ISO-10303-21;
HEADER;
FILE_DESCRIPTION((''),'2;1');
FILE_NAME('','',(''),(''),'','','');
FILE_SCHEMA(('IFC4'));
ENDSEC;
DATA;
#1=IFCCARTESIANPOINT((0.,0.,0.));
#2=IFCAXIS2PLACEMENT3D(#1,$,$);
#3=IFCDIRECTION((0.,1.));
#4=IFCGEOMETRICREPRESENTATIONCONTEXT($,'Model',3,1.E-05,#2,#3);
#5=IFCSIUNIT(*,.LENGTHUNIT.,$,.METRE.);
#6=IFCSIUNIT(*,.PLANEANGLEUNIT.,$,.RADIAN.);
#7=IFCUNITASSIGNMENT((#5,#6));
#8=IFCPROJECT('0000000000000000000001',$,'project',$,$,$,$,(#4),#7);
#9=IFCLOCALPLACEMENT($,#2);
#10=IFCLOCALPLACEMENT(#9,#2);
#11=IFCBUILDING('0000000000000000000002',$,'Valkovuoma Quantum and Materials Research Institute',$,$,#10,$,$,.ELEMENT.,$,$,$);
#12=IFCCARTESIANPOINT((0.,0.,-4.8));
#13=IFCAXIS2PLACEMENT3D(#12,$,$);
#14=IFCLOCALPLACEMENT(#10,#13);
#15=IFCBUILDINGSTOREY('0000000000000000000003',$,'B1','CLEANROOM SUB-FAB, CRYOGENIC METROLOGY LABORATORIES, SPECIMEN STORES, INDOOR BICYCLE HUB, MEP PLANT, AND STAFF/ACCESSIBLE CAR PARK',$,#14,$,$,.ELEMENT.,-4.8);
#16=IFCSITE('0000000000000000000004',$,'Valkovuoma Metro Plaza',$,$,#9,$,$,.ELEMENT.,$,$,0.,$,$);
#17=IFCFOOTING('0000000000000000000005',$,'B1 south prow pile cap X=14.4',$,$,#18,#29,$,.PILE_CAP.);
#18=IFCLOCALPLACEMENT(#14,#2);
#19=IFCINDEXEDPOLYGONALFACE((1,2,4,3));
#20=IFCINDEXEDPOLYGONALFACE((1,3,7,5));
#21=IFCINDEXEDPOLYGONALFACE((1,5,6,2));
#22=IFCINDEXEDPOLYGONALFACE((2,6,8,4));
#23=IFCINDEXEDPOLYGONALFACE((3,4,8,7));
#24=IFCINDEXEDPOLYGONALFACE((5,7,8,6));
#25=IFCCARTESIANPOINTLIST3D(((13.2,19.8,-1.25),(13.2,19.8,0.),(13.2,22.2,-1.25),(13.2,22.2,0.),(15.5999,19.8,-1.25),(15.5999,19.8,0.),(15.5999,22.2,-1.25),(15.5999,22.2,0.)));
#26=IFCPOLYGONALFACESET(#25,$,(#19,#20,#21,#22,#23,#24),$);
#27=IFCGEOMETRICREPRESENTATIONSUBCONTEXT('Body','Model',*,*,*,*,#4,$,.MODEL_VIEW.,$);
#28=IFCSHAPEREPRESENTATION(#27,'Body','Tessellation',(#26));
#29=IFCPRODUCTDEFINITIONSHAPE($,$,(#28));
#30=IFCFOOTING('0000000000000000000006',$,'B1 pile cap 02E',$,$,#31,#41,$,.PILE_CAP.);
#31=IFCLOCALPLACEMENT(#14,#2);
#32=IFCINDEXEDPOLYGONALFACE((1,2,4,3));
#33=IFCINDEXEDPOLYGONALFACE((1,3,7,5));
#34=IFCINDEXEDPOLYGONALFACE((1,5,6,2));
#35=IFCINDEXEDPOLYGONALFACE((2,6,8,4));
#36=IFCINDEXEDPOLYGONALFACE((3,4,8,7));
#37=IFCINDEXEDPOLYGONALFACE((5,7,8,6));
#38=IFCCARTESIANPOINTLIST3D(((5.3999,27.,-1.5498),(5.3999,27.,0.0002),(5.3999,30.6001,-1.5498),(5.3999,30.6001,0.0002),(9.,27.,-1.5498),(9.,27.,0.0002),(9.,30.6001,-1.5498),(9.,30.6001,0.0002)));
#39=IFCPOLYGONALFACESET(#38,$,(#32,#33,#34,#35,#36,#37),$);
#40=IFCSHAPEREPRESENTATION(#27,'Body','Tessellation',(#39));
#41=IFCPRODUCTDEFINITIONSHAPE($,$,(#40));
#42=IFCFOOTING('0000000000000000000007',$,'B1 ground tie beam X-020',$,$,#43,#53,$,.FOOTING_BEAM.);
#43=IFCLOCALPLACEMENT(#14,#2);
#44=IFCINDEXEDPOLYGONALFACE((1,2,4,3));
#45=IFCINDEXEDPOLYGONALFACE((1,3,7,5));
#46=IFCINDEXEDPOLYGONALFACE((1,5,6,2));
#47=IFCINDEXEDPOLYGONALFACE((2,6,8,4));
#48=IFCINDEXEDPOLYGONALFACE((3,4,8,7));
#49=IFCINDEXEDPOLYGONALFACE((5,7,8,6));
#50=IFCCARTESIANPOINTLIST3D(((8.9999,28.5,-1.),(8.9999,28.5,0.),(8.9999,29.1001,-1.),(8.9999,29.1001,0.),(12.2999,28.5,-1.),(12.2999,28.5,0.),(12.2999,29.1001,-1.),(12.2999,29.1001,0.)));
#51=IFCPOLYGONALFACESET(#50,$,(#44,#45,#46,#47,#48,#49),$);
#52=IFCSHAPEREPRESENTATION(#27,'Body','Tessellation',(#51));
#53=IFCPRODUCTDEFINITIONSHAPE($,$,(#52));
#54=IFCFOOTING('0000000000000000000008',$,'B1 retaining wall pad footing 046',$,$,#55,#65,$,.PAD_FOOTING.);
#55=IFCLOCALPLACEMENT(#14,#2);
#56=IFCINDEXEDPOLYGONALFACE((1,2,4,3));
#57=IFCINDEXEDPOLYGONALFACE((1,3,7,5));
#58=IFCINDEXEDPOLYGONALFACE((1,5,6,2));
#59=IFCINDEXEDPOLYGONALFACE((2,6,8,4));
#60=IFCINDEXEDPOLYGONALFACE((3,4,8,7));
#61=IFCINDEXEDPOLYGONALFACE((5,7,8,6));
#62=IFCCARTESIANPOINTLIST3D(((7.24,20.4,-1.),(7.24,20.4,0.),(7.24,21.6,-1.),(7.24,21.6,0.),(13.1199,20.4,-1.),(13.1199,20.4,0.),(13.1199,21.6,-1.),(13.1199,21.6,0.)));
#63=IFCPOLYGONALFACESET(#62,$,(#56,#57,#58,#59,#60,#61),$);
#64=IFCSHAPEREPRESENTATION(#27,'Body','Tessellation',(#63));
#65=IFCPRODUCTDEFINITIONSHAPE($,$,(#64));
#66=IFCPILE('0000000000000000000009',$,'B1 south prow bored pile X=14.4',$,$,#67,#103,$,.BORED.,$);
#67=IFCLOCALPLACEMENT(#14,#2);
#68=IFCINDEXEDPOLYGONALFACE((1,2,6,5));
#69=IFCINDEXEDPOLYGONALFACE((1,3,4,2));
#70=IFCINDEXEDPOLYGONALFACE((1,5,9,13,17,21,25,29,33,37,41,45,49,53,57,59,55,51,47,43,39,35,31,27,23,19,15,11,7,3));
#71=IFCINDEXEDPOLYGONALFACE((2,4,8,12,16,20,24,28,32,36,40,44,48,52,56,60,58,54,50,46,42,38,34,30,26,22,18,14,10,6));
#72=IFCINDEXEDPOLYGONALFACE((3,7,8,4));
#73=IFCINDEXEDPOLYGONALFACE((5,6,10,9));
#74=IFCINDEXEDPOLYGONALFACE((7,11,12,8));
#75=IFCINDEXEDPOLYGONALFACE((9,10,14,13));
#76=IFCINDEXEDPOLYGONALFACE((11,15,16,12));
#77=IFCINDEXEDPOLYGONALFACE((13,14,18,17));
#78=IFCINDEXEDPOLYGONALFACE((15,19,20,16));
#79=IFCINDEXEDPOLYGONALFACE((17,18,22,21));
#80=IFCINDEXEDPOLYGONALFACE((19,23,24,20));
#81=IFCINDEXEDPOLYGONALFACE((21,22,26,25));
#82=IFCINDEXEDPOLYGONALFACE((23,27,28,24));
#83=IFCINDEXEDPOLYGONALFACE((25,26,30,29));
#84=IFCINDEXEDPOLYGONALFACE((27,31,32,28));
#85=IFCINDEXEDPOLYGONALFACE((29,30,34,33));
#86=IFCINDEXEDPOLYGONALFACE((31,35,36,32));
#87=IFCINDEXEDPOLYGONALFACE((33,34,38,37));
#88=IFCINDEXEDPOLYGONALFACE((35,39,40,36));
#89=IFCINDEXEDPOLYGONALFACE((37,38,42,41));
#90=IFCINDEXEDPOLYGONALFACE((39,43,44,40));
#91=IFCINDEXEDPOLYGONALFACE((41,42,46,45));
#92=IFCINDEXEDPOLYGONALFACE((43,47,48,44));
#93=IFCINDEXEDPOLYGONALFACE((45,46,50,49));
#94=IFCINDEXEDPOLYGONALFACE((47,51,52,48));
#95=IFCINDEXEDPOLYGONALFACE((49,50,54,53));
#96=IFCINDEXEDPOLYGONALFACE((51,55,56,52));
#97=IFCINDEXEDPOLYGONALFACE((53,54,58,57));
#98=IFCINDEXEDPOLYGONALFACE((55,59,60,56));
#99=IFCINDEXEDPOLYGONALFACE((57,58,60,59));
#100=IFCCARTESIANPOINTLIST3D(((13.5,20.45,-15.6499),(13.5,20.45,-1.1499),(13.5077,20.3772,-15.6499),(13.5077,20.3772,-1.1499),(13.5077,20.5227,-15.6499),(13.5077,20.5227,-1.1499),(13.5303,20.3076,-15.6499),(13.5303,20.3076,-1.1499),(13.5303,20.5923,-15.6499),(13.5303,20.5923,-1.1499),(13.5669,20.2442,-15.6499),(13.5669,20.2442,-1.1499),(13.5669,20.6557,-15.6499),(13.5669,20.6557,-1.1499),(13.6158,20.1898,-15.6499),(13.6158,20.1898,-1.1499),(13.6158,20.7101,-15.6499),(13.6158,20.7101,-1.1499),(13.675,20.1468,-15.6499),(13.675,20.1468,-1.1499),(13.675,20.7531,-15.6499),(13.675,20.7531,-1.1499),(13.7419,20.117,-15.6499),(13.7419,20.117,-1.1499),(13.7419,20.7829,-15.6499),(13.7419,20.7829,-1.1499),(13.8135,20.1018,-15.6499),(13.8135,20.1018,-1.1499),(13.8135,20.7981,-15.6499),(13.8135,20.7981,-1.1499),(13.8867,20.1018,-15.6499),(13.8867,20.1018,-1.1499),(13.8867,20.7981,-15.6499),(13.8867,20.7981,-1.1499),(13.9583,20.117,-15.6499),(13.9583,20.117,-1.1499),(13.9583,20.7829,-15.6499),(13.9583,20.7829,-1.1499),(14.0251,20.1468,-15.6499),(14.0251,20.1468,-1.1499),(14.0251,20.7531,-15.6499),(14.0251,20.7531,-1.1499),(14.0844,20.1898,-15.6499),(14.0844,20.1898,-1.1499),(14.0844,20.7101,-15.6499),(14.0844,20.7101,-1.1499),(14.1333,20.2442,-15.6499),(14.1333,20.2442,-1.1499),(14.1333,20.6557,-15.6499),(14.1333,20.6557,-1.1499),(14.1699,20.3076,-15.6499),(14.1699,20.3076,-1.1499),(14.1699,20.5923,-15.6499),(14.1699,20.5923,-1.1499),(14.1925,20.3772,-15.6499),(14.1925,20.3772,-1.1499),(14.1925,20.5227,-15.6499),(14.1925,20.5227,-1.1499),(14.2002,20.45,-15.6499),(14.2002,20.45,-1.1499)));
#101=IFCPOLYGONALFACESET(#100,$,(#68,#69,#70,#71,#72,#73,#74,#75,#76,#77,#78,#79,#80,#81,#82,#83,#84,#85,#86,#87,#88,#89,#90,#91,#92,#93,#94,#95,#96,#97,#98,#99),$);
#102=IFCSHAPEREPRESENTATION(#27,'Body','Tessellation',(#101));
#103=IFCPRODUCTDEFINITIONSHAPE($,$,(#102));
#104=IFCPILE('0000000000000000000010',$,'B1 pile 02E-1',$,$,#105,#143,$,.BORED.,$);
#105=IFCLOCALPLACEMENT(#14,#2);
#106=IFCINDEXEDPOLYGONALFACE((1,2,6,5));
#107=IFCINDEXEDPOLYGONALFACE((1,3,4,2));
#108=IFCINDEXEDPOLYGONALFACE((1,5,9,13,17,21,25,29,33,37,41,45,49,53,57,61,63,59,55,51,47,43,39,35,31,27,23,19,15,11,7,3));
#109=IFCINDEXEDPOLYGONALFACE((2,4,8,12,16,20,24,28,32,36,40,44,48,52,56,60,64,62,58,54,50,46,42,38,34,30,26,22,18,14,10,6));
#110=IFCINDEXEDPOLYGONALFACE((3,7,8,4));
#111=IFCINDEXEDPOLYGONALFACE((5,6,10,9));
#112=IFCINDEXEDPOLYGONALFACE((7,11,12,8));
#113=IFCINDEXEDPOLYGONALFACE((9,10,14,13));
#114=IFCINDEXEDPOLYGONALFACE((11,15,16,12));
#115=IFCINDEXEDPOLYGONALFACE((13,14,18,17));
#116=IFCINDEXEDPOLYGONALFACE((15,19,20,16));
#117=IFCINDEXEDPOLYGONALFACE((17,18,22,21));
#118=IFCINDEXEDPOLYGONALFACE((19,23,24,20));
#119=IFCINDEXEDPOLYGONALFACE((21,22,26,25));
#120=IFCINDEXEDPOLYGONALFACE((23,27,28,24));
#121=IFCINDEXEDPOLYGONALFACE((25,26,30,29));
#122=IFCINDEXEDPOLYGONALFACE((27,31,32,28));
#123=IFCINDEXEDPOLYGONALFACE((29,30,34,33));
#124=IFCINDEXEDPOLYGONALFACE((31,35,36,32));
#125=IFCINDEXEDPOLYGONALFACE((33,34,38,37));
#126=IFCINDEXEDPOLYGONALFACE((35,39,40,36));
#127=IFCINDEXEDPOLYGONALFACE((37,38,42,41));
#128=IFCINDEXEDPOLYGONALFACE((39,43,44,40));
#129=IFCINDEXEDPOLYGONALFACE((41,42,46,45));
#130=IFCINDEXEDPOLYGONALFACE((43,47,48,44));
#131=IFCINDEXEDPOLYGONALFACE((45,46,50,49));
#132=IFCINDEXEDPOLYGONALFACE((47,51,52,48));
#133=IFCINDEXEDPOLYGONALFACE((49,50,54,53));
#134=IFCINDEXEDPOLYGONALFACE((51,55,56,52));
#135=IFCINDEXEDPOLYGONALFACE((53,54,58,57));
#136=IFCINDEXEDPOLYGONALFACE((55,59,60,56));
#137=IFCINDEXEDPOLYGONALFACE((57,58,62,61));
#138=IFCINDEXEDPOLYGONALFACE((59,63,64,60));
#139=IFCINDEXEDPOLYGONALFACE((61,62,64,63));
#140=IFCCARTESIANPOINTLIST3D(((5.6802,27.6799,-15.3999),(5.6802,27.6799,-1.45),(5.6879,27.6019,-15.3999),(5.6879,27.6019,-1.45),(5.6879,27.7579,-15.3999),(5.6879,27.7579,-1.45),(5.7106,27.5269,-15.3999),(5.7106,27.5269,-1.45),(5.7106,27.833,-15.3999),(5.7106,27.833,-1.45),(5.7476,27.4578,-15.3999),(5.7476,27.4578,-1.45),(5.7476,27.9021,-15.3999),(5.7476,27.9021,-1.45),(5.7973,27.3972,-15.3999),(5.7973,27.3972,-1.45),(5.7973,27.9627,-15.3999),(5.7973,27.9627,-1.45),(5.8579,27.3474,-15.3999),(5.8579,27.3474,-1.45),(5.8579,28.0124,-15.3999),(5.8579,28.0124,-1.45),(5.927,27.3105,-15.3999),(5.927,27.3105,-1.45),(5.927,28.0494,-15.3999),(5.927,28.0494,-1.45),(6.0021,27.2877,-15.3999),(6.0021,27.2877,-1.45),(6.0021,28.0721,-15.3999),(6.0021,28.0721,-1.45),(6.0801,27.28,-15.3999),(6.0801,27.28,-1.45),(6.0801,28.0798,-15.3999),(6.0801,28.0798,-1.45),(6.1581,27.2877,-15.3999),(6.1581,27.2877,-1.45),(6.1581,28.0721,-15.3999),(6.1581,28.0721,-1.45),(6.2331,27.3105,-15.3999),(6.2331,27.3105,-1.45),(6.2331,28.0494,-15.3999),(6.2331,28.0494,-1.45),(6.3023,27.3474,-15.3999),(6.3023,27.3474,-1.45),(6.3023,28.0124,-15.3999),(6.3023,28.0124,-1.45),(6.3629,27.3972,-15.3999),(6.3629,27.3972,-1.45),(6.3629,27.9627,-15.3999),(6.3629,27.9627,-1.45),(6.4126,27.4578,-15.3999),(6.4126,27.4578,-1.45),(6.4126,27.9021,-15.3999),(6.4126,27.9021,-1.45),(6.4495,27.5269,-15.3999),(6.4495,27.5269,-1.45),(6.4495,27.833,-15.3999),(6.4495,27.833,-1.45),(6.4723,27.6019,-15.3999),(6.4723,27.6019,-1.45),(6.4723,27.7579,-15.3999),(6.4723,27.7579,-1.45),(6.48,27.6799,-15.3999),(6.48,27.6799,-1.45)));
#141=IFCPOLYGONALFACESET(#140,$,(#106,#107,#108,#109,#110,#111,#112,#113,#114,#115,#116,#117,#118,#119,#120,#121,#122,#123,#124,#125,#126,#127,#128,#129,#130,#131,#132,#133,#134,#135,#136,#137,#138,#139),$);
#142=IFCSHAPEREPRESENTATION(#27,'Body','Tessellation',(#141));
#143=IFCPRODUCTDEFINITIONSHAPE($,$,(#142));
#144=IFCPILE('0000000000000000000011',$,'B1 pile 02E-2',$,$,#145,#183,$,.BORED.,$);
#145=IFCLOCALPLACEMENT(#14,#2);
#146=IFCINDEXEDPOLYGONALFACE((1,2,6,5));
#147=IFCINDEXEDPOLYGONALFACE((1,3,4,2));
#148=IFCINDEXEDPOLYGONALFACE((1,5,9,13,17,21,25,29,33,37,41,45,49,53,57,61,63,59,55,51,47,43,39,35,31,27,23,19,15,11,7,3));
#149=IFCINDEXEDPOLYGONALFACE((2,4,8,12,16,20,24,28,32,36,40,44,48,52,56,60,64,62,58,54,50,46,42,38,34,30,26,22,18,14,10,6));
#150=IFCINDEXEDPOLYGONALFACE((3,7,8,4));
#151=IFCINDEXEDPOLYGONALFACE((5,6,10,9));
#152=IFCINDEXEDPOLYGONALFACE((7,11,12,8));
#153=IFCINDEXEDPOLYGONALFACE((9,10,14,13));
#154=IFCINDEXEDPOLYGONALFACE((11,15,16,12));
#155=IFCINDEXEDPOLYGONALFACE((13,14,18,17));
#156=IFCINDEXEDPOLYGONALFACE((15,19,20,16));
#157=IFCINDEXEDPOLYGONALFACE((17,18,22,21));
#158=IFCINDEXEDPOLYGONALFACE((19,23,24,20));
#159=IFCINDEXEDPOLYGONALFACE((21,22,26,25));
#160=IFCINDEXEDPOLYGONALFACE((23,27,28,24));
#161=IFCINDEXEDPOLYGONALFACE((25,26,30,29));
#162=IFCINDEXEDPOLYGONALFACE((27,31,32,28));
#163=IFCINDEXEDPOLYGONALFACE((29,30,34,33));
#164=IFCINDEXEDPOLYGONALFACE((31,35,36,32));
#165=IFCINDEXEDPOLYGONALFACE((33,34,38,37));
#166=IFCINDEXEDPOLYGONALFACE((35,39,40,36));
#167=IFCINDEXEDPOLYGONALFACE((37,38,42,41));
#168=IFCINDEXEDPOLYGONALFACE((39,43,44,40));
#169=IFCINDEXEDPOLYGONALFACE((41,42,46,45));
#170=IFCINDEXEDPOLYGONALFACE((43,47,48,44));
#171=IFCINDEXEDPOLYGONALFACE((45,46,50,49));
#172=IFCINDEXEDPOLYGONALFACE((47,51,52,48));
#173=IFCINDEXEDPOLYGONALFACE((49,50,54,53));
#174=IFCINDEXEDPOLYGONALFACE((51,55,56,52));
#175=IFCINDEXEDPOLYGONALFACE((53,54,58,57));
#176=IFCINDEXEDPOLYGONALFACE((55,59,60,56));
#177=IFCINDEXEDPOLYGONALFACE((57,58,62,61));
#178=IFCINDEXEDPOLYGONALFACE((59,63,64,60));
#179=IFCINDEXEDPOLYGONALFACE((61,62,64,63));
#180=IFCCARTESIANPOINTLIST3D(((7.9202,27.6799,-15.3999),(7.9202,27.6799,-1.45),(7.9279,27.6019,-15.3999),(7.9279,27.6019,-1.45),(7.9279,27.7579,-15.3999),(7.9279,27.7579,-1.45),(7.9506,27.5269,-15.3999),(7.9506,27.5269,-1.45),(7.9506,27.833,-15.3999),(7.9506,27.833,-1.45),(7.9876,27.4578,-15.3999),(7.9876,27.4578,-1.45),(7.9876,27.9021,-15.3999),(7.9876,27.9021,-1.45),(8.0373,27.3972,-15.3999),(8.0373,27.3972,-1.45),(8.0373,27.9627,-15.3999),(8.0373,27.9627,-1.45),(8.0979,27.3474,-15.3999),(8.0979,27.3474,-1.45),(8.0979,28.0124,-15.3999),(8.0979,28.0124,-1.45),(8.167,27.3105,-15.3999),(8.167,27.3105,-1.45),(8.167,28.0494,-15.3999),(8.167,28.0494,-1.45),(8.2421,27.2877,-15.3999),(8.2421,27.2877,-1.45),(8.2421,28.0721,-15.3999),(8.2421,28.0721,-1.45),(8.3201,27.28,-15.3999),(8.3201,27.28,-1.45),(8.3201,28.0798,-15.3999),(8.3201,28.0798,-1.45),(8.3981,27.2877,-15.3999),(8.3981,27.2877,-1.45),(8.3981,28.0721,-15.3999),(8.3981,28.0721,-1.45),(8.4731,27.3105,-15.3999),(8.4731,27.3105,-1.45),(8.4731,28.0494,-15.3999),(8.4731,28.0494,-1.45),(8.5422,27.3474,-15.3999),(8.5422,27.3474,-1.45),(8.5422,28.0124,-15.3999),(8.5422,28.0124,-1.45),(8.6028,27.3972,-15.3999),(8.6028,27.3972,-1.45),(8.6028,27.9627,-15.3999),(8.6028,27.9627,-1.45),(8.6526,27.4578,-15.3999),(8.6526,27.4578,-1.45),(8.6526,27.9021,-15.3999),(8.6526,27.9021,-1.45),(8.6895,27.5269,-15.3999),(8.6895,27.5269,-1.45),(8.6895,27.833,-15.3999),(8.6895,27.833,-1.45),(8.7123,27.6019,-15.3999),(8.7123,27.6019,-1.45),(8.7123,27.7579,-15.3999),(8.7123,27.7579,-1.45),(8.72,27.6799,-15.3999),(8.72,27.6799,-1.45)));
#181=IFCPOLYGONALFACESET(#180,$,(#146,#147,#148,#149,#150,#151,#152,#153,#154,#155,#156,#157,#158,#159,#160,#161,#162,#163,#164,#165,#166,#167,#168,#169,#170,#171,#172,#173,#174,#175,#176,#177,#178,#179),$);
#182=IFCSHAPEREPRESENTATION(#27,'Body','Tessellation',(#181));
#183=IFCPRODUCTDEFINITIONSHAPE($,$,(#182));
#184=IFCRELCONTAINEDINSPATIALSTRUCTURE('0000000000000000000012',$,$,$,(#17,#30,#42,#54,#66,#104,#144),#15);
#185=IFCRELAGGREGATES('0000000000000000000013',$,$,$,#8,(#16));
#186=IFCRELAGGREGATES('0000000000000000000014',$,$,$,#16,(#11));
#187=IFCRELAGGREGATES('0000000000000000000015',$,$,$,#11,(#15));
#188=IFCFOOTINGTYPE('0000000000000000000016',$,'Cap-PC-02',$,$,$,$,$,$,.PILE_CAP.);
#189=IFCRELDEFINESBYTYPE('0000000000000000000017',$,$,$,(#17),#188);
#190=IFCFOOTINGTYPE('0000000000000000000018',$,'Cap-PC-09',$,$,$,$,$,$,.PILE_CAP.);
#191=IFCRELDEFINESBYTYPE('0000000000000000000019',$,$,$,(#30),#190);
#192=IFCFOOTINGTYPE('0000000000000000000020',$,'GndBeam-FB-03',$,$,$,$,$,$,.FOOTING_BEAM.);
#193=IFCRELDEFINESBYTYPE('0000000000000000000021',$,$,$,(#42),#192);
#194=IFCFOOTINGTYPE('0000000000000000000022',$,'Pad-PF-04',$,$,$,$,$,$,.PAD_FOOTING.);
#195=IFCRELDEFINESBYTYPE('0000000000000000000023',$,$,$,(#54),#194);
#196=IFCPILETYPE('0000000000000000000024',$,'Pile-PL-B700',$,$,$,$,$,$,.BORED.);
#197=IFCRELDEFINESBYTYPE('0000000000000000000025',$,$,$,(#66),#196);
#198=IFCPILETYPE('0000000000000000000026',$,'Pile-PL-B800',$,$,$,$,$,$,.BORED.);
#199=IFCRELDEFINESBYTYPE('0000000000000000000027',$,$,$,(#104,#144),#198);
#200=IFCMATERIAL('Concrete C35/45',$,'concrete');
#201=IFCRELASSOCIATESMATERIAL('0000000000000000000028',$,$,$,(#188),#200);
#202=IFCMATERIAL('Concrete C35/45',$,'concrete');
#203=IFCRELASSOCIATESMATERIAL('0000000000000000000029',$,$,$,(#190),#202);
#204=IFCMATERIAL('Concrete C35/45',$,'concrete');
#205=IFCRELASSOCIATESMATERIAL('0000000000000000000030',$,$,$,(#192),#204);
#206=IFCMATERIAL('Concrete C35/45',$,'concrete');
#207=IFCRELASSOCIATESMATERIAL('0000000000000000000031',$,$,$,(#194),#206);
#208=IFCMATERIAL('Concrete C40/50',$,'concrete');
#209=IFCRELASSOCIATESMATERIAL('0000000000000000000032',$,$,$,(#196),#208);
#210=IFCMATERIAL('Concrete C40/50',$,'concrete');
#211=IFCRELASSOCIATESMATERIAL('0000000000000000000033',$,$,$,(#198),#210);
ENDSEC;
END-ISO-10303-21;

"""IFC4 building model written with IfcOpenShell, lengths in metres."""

from ifc_helpers import new_model, si_unit, direction, frame, origin, origin_2d, place, context, subcontext, project, spatial, rectangle, circle, extrude, material, material_profile, profile_set, type_object, element, save


model = new_model("IFC4")

# Units and contexts
model_context = context("Model", 3, precision=1e-05, world=origin(), true_north=direction((0.0, 1.0)))
body_context = subcontext(model_context, "Body", "Model", "MODEL_VIEW")
ifc_project = project(units=[si_unit("LENGTHUNIT", "METRE"), si_unit("PLANEANGLEUNIT", "RADIAN")], contexts=[model_context])

# Site, building, storey
site_placement = place(None, origin())
site = spatial("IfcSite", under=ifc_project, at=site_placement, Name="Valkovuoma Metro Plaza", CompositionType="ELEMENT", RefElevation=0.0)
building_placement = place(site_placement, origin())
building = spatial("IfcBuilding", under=site, at=building_placement, Name="Valkovuoma Quantum and Materials Research Institute", CompositionType="ELEMENT")
storey_placement = place(building_placement, frame((0.0, 0.0, -4.8)))
storey = spatial("IfcBuildingStorey", under=building, at=storey_placement, Name="B1", Description="CLEANROOM SUB-FAB, CRYOGENIC METROLOGY LABORATORIES, SPECIMEN STORES, INDOOR BICYCLE HUB, MEP PLANT, AND STAFF/ACCESSIBLE CAR PARK", CompositionType="ELEMENT", Elevation=-4.8)

# Footings
ifc_material_1 = material(Name="Concrete C35/45", Category="concrete")
footing_type_1 = type_object("IfcFootingType", Name="Cap-PC-02", PredefinedType="PILE_CAP", material=ifc_material_1)
footing_1_placement = place(storey_placement, frame((14.3999, 21.0, -1.25), z_axis=(0.0, 0.0, 1.0), x_axis=(1.0, 0.0, 0.0)))
element("IfcFooting", 1, at=footing_1_placement, inside=storey, type_object=footing_type_1, Name="B1 south prow pile cap X=14.4", PredefinedType="PILE_CAP", context=body_context, shape_type="SweptSolid", body=[
    extrude(rectangle(XDim=2.3999, YDim=2.3999, at=origin_2d()), origin(), (0.0, 0.0, 1.0), 1.25),
])
ifc_material_2 = material(Name="Concrete C35/45", Category="concrete")
footing_type_2 = type_object("IfcFootingType", Name="Cap-PC-09", PredefinedType="PILE_CAP", material=ifc_material_2)
footing_2_placement = place(storey_placement, frame((7.2, 28.8, -1.5498), z_axis=(0.0, 0.0, 1.0), x_axis=(1.0, 0.0, 0.0)))
element("IfcFooting", 2, at=footing_2_placement, inside=storey, type_object=footing_type_2, Name="B1 pile cap 02E", PredefinedType="PILE_CAP", context=body_context, shape_type="SweptSolid", body=[
    extrude(rectangle(XDim=3.6001, YDim=3.6001, at=origin_2d()), origin(), (0.0, 0.0, 1.0), 1.55),
])
ifc_material_3 = material(Name="Concrete C35/45", Category="concrete")
footing_type_3 = type_object("IfcFootingType", Name="GndBeam-FB-03", PredefinedType="FOOTING_BEAM", material=ifc_material_3)
footing_3_placement = place(storey_placement, frame((10.6499, 28.8, -1.0), z_axis=(0.0, 0.0, 1.0), x_axis=(1.0, 0.0, 0.0)))
element("IfcFooting", 3, at=footing_3_placement, inside=storey, type_object=footing_type_3, Name="B1 ground tie beam X-020", PredefinedType="FOOTING_BEAM", context=body_context, shape_type="SweptSolid", body=[
    extrude(rectangle(XDim=3.3, YDim=0.6001, at=origin_2d()), origin(), (0.0, 0.0, 1.0), 1.0),
])
ifc_material_4 = material(Name="Concrete C35/45", Category="concrete")
footing_type_4 = type_object("IfcFootingType", Name="Pad-PF-04", PredefinedType="PAD_FOOTING", material=ifc_material_4)
footing_4_placement = place(storey_placement, frame((10.1799, 21.0, -1.0), z_axis=(0.0, 0.0, 1.0), x_axis=(1.0, 0.0, 0.0)))
element("IfcFooting", 4, at=footing_4_placement, inside=storey, type_object=footing_type_4, Name="B1 retaining wall pad footing 046", PredefinedType="PAD_FOOTING", context=body_context, shape_type="SweptSolid", body=[
    extrude(rectangle(XDim=5.8799, YDim=1.2, at=origin_2d()), origin(), (0.0, 0.0, 1.0), 1.0),
])

# Piles
ifc_material_5 = material(Name="Concrete C40/50", Category="concrete")
ifc_material_profile_1 = material_profile(ifc_material_5, circle(Radius=0.3501, at=origin_2d()), Name="Concrete C40/50")
ifc_profile_set_1 = profile_set([ifc_material_profile_1], Name="Concrete C40/50")
pile_type_1 = type_object("IfcPileType", Name="Pile-PL-B700", PredefinedType="BORED", material=ifc_profile_set_1)
pile_placement = place(storey_placement, frame((13.8501, 20.45, -1.1499), z_axis=(0.0, 0.0, -1.0), x_axis=(1.0, 0.0, 0.0)))
element("IfcPile", 5, at=pile_placement, inside=storey, type_object=pile_type_1, Name="B1 south prow bored pile X=14.4", PredefinedType="BORED", context=body_context, shape_type="SweptSolid", body=[
    extrude(circle(Radius=0.3501, at=origin_2d()), origin(), (0.0, 0.0, 1.0), 14.5),
])
ifc_material_6 = material(Name="Concrete C40/50", Category="concrete")
ifc_material_profile_2 = material_profile(ifc_material_6, circle(Radius=0.3999, at=origin_2d()), Name="Concrete C40/50")
ifc_profile_set_2 = profile_set([ifc_material_profile_2], Name="Concrete C40/50")
pile_type_2 = type_object("IfcPileType", Name="Pile-PL-B800", PredefinedType="BORED", material=ifc_profile_set_2)
for number, where, z_axis, x_axis, name in (
    (6, (6.0801, 27.6799, -1.45), (0.0, 0.0, -1.0), (1.0, 0.0, 0.0), "B1 pile 02E-1"),
    (7, (8.3201, 27.6799, -1.45), (0.0, 0.0, -1.0), (1.0, 0.0, 0.0), "B1 pile 02E-2"),
):
    element("IfcPile", number, at=place(storey_placement, frame(where, z_axis=z_axis, x_axis=x_axis)), inside=storey, type_object=pile_type_2, Name=name, PredefinedType="BORED", context=body_context, shape_type="SweptSolid", body=[
        extrude(circle(Radius=0.3999, at=origin_2d()), origin(), (0.0, 0.0, 1.0), 13.95),
    ])

save(model, "model.ifc")
